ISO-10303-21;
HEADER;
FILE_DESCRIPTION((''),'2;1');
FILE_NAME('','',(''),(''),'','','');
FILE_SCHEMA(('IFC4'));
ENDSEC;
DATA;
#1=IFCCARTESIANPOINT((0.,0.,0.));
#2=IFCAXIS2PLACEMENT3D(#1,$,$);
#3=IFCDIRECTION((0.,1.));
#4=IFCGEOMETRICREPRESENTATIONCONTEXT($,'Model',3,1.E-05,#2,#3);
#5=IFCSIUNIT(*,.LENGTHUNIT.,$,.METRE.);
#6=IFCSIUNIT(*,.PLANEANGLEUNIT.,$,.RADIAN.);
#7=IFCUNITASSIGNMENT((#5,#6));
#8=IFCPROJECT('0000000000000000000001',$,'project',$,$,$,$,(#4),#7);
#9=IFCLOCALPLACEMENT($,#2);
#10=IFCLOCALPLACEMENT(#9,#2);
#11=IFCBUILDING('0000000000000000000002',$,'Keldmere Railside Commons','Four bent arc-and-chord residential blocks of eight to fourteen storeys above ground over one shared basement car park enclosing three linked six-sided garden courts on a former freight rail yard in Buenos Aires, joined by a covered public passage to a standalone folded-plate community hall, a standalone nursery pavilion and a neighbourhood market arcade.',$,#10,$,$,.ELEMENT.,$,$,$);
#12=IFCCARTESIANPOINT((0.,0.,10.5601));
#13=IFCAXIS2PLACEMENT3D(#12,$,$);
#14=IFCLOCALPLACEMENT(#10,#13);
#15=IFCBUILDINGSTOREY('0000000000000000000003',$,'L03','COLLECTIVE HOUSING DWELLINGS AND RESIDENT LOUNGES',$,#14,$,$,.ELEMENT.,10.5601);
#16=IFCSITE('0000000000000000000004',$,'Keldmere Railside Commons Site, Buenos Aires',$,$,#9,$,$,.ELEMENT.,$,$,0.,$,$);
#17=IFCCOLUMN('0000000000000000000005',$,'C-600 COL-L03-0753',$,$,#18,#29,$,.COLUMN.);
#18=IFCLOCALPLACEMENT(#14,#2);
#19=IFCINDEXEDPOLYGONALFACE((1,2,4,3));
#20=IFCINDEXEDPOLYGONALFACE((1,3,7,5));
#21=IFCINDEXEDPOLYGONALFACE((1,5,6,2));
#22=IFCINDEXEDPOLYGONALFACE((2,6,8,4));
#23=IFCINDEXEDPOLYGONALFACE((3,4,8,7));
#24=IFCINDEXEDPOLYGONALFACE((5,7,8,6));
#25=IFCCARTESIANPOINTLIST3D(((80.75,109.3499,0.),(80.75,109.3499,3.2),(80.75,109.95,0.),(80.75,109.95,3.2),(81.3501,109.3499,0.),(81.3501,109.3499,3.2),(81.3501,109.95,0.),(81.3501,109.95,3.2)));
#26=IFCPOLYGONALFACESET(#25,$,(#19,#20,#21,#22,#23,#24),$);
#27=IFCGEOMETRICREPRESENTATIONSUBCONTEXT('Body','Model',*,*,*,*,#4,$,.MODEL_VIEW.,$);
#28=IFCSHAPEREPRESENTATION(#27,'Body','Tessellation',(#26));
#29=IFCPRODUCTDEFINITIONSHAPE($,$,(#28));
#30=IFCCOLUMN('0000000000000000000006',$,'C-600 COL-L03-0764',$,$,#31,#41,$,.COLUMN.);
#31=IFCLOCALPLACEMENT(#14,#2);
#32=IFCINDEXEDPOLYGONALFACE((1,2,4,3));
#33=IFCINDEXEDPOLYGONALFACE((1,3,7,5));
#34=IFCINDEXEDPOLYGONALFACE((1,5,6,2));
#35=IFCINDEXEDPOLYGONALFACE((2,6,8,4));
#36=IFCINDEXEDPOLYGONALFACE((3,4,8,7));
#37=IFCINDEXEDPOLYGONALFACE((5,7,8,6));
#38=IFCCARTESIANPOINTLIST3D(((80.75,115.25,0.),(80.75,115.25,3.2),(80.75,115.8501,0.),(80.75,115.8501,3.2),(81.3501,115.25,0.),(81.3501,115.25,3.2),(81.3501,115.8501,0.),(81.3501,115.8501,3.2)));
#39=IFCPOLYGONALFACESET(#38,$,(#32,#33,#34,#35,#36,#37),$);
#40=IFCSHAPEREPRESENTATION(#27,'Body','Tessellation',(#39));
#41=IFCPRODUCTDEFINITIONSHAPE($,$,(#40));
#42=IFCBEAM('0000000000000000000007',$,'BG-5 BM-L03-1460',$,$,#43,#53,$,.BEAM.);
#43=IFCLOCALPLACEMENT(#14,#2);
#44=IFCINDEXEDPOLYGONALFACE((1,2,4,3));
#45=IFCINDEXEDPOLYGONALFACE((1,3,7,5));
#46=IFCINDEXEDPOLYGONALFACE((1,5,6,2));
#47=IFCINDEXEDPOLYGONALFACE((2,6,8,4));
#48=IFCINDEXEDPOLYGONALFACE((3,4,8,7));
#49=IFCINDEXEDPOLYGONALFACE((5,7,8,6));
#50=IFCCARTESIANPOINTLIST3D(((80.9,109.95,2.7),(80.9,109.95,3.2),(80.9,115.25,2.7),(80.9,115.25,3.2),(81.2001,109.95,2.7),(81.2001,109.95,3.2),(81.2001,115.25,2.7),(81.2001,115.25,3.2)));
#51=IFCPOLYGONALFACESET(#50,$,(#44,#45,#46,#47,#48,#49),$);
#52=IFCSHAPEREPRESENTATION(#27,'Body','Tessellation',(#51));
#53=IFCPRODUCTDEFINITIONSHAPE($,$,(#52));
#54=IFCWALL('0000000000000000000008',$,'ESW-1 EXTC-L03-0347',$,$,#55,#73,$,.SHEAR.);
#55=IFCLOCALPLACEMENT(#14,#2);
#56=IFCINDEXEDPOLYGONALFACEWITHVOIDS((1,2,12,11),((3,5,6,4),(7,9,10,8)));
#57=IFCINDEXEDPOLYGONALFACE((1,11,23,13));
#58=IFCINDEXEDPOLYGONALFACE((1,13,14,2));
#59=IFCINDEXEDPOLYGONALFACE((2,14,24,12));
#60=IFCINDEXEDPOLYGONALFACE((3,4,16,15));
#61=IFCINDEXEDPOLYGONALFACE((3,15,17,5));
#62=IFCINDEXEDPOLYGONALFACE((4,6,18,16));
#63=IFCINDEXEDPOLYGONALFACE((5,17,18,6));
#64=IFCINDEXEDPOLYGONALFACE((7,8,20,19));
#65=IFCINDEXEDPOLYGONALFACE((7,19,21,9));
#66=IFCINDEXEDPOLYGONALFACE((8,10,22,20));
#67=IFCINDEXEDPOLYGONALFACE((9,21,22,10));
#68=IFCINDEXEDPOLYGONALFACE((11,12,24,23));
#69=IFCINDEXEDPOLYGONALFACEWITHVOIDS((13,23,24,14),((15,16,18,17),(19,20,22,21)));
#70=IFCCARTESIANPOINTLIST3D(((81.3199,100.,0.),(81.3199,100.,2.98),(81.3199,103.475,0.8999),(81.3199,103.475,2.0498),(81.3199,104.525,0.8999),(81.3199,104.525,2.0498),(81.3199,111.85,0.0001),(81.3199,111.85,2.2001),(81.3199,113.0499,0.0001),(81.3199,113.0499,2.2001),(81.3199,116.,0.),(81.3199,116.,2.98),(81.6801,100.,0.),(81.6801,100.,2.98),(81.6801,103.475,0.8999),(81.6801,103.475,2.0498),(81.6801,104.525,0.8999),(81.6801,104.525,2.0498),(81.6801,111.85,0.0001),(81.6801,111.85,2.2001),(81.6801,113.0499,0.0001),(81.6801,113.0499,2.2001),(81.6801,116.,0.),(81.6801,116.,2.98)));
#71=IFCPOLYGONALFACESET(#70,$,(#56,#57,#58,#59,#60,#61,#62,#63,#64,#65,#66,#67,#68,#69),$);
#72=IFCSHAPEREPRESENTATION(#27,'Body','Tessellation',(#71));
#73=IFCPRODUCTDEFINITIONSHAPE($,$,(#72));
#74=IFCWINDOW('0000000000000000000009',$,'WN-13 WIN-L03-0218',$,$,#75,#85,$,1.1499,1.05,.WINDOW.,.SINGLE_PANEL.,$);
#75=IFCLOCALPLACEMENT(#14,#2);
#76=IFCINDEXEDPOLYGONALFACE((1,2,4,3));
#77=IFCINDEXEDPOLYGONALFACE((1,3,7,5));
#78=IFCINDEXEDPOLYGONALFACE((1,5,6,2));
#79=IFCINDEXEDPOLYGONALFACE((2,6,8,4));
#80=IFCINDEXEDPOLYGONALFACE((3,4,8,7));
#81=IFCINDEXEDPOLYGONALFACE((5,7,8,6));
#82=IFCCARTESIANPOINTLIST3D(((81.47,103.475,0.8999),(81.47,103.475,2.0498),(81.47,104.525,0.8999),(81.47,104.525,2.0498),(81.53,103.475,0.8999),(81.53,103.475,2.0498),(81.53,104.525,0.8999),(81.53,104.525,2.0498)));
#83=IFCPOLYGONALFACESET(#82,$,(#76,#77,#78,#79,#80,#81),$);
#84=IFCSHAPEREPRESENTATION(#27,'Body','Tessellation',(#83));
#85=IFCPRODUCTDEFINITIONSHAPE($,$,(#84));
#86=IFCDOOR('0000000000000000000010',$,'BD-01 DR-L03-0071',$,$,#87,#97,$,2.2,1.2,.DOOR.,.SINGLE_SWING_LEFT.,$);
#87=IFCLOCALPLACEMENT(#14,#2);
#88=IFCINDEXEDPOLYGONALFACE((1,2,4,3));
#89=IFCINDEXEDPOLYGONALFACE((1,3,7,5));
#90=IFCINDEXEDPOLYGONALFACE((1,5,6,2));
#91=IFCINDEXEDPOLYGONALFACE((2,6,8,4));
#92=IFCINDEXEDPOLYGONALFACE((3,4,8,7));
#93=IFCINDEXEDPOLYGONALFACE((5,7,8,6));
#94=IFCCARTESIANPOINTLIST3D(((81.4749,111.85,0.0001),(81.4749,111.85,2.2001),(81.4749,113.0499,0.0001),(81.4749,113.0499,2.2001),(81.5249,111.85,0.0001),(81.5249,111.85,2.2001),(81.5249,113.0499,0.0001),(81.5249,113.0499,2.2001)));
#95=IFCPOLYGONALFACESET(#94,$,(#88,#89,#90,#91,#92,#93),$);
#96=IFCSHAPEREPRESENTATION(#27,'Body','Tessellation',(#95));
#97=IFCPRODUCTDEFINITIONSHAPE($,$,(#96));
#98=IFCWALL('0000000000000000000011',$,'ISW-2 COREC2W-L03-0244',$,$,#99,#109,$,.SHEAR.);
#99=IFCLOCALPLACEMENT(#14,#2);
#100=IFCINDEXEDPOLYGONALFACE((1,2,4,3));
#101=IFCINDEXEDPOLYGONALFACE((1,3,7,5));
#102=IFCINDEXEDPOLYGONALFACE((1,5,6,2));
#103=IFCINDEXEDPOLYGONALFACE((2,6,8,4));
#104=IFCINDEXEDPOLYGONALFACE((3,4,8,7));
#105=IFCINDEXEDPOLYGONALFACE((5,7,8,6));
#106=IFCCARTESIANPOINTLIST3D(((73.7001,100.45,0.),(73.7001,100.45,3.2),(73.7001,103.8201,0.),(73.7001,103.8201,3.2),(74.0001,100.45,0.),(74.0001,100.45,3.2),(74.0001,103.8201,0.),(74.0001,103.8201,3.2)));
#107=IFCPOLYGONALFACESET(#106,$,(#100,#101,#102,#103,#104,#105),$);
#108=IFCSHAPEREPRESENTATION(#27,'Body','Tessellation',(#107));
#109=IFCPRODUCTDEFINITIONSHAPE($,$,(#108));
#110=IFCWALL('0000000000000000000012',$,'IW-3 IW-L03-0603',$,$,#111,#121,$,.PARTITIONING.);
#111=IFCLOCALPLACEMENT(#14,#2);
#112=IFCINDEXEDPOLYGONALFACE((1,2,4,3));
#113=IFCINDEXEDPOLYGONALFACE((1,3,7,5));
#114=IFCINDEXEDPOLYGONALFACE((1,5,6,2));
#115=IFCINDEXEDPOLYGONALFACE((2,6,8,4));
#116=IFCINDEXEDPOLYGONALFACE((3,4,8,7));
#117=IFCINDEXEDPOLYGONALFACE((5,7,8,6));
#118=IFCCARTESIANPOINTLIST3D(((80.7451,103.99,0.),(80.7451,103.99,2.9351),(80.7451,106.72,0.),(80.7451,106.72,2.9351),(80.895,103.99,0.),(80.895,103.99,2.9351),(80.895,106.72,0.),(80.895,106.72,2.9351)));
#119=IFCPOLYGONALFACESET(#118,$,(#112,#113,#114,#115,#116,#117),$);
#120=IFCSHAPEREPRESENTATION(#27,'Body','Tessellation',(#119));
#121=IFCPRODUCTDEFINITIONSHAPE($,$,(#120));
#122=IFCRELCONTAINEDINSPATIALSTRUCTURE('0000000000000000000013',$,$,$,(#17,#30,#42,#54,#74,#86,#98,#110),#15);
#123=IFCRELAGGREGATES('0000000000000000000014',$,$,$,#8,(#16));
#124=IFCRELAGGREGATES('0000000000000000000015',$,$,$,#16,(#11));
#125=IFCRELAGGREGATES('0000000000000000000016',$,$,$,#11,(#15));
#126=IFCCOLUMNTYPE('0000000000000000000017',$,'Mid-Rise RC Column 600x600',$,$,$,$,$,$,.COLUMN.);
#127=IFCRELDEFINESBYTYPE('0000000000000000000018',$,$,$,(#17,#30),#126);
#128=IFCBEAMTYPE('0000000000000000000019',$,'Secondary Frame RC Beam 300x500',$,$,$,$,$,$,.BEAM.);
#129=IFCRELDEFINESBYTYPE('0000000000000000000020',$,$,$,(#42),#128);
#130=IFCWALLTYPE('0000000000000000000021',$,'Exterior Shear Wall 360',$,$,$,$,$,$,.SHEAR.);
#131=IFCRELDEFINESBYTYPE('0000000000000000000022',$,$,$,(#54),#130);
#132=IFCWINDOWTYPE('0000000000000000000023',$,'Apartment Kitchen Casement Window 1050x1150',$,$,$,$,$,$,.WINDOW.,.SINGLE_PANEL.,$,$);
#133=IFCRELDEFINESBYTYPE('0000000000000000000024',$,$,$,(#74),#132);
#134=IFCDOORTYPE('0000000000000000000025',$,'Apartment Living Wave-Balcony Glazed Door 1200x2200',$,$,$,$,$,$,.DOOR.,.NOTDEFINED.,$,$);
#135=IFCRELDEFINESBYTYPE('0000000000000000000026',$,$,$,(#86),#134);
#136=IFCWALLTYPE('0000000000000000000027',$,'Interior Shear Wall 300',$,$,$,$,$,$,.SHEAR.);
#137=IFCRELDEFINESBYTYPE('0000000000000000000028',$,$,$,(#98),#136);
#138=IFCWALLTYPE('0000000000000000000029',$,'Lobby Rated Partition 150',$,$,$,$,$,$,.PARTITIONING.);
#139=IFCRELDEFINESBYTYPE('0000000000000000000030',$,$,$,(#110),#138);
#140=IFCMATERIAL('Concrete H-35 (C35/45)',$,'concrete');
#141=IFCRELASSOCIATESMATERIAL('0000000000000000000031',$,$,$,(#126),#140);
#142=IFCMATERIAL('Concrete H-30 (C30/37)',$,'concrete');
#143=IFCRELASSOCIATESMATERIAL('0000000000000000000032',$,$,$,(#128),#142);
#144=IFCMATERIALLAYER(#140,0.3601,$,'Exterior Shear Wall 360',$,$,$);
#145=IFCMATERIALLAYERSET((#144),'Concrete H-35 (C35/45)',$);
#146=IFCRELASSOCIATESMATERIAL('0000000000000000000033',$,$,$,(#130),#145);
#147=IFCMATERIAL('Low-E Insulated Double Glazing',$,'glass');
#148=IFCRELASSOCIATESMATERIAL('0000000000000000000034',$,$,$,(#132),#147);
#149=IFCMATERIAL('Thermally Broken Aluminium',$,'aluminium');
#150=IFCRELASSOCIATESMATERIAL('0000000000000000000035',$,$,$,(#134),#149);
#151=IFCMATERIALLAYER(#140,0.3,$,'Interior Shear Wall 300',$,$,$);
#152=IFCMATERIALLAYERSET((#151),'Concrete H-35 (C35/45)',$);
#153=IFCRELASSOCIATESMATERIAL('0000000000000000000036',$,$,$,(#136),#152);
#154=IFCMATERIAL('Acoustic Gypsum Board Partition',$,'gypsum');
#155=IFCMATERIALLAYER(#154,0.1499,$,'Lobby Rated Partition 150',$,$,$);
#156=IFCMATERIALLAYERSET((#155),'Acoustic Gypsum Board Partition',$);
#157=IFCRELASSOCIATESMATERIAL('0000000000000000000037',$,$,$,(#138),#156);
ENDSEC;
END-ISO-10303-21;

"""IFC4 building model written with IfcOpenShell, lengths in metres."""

from ifc_helpers import new_model, si_unit, direction, frame, frame_2d, origin, origin_2d, place, context, subcontext, project, spatial, rectangle, extrude, material, layer, layer_set, material_profile, profile_set, type_object, element, fill, save


model = new_model("IFC4")

# Units and contexts
model_context = context("Model", 3, precision=1e-05, world=origin(), true_north=direction((0.0, 1.0)))
body_context = subcontext(model_context, "Body", "Model", "MODEL_VIEW")
ifc_project = project(units=[si_unit("LENGTHUNIT", "METRE"), si_unit("PLANEANGLEUNIT", "RADIAN")], contexts=[model_context])

# Site, building, storey
site_placement = place(None, origin())
site = spatial("IfcSite", under=ifc_project, at=site_placement, Name="Keldmere Railside Commons Site, Buenos Aires", CompositionType="ELEMENT", RefElevation=0.0)
building_placement = place(site_placement, origin())
building = spatial("IfcBuilding", under=site, at=building_placement, Name="Keldmere Railside Commons", Description="Four bent arc-and-chord residential blocks of eight to fourteen storeys above ground over one shared basement car park enclosing three linked six-sided garden courts on a former freight rail yard in Buenos Aires, joined by a covered public passage to a standalone folded-plate community hall, a standalone nursery pavilion and a neighbourhood market arcade.", CompositionType="ELEMENT")
storey_placement = place(building_placement, frame((0.0, 0.0, 10.5601)))
storey = spatial("IfcBuildingStorey", under=building, at=storey_placement, Name="L03", Description="COLLECTIVE HOUSING DWELLINGS AND RESIDENT LOUNGES", CompositionType="ELEMENT", Elevation=10.5601)

# Columns
ifc_material_1 = material(Name="Concrete H-35 (C35/45)", Category="concrete")
ifc_material_profile_1 = material_profile(ifc_material_1, rectangle(XDim=0.6001, YDim=0.6001, at=origin_2d()), Name="RC-600x600")
ifc_profile_set_1 = profile_set([ifc_material_profile_1], Name="Concrete H-35 (C35/45)")
column_type = type_object("IfcColumnType", Name="Mid-Rise RC Column 600x600", PredefinedType="COLUMN", material=ifc_profile_set_1)
for number, where, z_axis, x_axis, name in (
    (1, (81.05, 109.6499, 0.0), (0.0, 0.0, 1.0), (1.0, 0.0, 0.0), "C-600 COL-L03-0753"),
    (2, (81.05, 115.55, 0.0), (0.0, 0.0, 1.0), (1.0, 0.0, 0.0), "C-600 COL-L03-0764"),
):
    element("IfcColumn", number, at=place(storey_placement, frame(where, z_axis=z_axis, x_axis=x_axis)), inside=storey, type_object=column_type, Name=name, PredefinedType="COLUMN", context=body_context, shape_type="SweptSolid", body=[
        extrude(rectangle(XDim=0.6001, YDim=0.6001, at=origin_2d()), origin(), (0.0, 0.0, 1.0), 3.2),
    ])

# Beam
ifc_material_2 = material(Name="Concrete H-30 (C30/37)", Category="concrete")
ifc_material_profile_2 = material_profile(ifc_material_2, rectangle(XDim=0.3, YDim=0.5, at=origin_2d()), Name="RC-300x500")
ifc_profile_set_2 = profile_set([ifc_material_profile_2], Name="Concrete H-30 (C30/37)")
beam_type = type_object("IfcBeamType", Name="Secondary Frame RC Beam 300x500", PredefinedType="BEAM", material=ifc_profile_set_2)
beam_placement = place(storey_placement, frame((81.05, 109.95, 2.95), z_axis=(0.0, 1.0, 0.0), x_axis=(-1.0, 0.0, 0.0)))
element("IfcBeam", 3, at=beam_placement, inside=storey, type_object=beam_type, Name="BG-5 BM-L03-1460", PredefinedType="BEAM", context=body_context, shape_type="SweptSolid", body=[
    extrude(rectangle(XDim=0.3, YDim=0.5, at=origin_2d()), origin(), (0.0, 0.0, 1.0), 5.3),
])

# Wall, openings, window, door
ifc_layer_1 = layer(ifc_material_1, 0.3601, Name="Exterior Shear Wall 360")
ifc_layer_set_1 = layer_set([ifc_layer_1], Name="Concrete H-35 (C35/45)")
wall_type_1 = type_object("IfcWallType", Name="Exterior Shear Wall 360", PredefinedType="SHEAR", material=ifc_layer_set_1)
wall_1_placement = place(storey_placement, frame((81.5, 116.0, 0.0), z_axis=(0.0, 0.0, 1.0), x_axis=(0.0, -1.0, 0.0)))
wall_1 = element("IfcWall", 4, at=wall_1_placement, inside=storey, type_object=wall_type_1, Name="ESW-1 EXTC-L03-0347", PredefinedType="SHEAR", context=body_context, shape_type="SweptSolid", body=[
    extrude(rectangle(XDim=16.0, YDim=0.3601, at=frame_2d((8.0, 0.0))), origin(), (0.0, 0.0, 1.0), 2.98),
])
opening_1_placement = place(wall_1_placement, frame((2.95, 0.0, 0.0)))
opening_1 = element("IfcOpeningElement", 5, at=opening_1_placement, cuts=wall_1, PredefinedType="OPENING", context=body_context, shape_type="SweptSolid", body=[
    extrude(rectangle(XDim=1.2, YDim=2.2, at=frame_2d((0.6001, 1.1001))), frame((0.0, 0.1899, 0.0), z_axis=(0.0, -1.0, 0.0), x_axis=(1.0, 0.0, 0.0)), (0.0, 0.0, 1.0), 0.3801),
])
opening_2_placement = place(wall_1_placement, frame((11.4751, 0.0, 0.8999)))
opening_2 = element("IfcOpeningElement", 6, at=opening_2_placement, cuts=wall_1, PredefinedType="OPENING", context=body_context, shape_type="SweptSolid", body=[
    extrude(rectangle(XDim=1.05, YDim=1.1499, at=frame_2d((0.5249, 0.575))), frame((0.0, 0.1899, 0.0), z_axis=(0.0, -1.0, 0.0), x_axis=(1.0, 0.0, 0.0)), (0.0, 0.0, 1.0), 0.3801),
])
ifc_material_3 = material(Name="Low-E Insulated Double Glazing", Category="glass")
window_type = type_object("IfcWindowType", Name="Apartment Kitchen Casement Window 1050x1150", PartitioningType="SINGLE_PANEL", PredefinedType="WINDOW", material=ifc_material_3)
window_placement = place(opening_2_placement, origin())
window = element("IfcWindow", 7, at=window_placement, inside=storey, type_object=window_type, Name="WN-13 WIN-L03-0218", OverallHeight=1.1499, OverallWidth=1.05, PartitioningType="SINGLE_PANEL", PredefinedType="WINDOW", context=body_context, shape_type="SweptSolid", body=[
    extrude(rectangle(XDim=1.05, YDim=1.1499, at=frame_2d((0.5249, 0.575))), frame((0.0, 0.03, 0.0), z_axis=(0.0, -1.0, 0.0), x_axis=(1.0, 0.0, 0.0)), (0.0, 0.0, 1.0), 0.0601),
])
fill(opening_2, window)
ifc_material_4 = material(Name="Thermally Broken Aluminium", Category="aluminium")
door_type_1 = type_object("IfcDoorType", Name="Apartment Living Wave-Balcony Glazed Door 1200x2200", OperationType="NOTDEFINED", PredefinedType="DOOR", material=ifc_material_4)
door_1_placement = place(opening_1_placement, origin())
door_1 = element("IfcDoor", 8, at=door_1_placement, inside=storey, type_object=door_type_1, Name="BD-01 DR-L03-0071", OperationType="SINGLE_SWING_LEFT", OverallHeight=2.2, OverallWidth=1.2, PredefinedType="DOOR", context=body_context, shape_type="SweptSolid", body=[
    extrude(rectangle(XDim=1.2, YDim=2.2, at=frame_2d((0.6001, 1.1001))), frame((0.0, 0.0249, 0.0), z_axis=(0.0, -1.0, 0.0), x_axis=(1.0, 0.0, 0.0)), (0.0, 0.0, 1.0), 0.05),
])
fill(opening_1, door_1)

# Wall
ifc_layer_2 = layer(ifc_material_1, 0.3, Name="Interior Shear Wall 300")
ifc_layer_set_2 = layer_set([ifc_layer_2], Name="Concrete H-35 (C35/45)")
wall_type_2 = type_object("IfcWallType", Name="Interior Shear Wall 300", PredefinedType="SHEAR", material=ifc_layer_set_2)
wall_2_placement = place(storey_placement, frame((73.8501, 103.8201, 0.0), z_axis=(0.0, 0.0, 1.0), x_axis=(0.0, -1.0, 0.0)))
element("IfcWall", 9, at=wall_2_placement, inside=storey, type_object=wall_type_2, Name="ISW-2 COREC2W-L03-0244", PredefinedType="SHEAR", context=body_context, shape_type="SweptSolid", body=[
    extrude(rectangle(XDim=3.3701, YDim=0.3, at=frame_2d((1.6851, 0.0))), origin(), (0.0, 0.0, 1.0), 3.2),
])

# Wall
ifc_material_5 = material(Name="Acoustic Gypsum Board Partition", Category="gypsum")
ifc_layer_3 = layer(ifc_material_5, 0.1499, Name="Lobby Rated Partition 150")
ifc_layer_set_3 = layer_set([ifc_layer_3], Name="Acoustic Gypsum Board Partition")
wall_type_3 = type_object("IfcWallType", Name="Lobby Rated Partition 150", PredefinedType="PARTITIONING", material=ifc_layer_set_3)
wall_3_placement = place(storey_placement, frame((80.8201, 103.99, 0.0), z_axis=(0.0, 0.0, 1.0), x_axis=(0.0, 1.0, 0.0)))
element("IfcWall", 10, at=wall_3_placement, inside=storey, type_object=wall_type_3, Name="IW-3 IW-L03-0603", PredefinedType="PARTITIONING", context=body_context, shape_type="SweptSolid", body=[
    extrude(rectangle(XDim=2.73, YDim=0.1499, at=frame_2d((1.365, 0.0))), origin(), (0.0, 0.0, 1.0), 2.9351),
])

save(model, "model.ifc")
